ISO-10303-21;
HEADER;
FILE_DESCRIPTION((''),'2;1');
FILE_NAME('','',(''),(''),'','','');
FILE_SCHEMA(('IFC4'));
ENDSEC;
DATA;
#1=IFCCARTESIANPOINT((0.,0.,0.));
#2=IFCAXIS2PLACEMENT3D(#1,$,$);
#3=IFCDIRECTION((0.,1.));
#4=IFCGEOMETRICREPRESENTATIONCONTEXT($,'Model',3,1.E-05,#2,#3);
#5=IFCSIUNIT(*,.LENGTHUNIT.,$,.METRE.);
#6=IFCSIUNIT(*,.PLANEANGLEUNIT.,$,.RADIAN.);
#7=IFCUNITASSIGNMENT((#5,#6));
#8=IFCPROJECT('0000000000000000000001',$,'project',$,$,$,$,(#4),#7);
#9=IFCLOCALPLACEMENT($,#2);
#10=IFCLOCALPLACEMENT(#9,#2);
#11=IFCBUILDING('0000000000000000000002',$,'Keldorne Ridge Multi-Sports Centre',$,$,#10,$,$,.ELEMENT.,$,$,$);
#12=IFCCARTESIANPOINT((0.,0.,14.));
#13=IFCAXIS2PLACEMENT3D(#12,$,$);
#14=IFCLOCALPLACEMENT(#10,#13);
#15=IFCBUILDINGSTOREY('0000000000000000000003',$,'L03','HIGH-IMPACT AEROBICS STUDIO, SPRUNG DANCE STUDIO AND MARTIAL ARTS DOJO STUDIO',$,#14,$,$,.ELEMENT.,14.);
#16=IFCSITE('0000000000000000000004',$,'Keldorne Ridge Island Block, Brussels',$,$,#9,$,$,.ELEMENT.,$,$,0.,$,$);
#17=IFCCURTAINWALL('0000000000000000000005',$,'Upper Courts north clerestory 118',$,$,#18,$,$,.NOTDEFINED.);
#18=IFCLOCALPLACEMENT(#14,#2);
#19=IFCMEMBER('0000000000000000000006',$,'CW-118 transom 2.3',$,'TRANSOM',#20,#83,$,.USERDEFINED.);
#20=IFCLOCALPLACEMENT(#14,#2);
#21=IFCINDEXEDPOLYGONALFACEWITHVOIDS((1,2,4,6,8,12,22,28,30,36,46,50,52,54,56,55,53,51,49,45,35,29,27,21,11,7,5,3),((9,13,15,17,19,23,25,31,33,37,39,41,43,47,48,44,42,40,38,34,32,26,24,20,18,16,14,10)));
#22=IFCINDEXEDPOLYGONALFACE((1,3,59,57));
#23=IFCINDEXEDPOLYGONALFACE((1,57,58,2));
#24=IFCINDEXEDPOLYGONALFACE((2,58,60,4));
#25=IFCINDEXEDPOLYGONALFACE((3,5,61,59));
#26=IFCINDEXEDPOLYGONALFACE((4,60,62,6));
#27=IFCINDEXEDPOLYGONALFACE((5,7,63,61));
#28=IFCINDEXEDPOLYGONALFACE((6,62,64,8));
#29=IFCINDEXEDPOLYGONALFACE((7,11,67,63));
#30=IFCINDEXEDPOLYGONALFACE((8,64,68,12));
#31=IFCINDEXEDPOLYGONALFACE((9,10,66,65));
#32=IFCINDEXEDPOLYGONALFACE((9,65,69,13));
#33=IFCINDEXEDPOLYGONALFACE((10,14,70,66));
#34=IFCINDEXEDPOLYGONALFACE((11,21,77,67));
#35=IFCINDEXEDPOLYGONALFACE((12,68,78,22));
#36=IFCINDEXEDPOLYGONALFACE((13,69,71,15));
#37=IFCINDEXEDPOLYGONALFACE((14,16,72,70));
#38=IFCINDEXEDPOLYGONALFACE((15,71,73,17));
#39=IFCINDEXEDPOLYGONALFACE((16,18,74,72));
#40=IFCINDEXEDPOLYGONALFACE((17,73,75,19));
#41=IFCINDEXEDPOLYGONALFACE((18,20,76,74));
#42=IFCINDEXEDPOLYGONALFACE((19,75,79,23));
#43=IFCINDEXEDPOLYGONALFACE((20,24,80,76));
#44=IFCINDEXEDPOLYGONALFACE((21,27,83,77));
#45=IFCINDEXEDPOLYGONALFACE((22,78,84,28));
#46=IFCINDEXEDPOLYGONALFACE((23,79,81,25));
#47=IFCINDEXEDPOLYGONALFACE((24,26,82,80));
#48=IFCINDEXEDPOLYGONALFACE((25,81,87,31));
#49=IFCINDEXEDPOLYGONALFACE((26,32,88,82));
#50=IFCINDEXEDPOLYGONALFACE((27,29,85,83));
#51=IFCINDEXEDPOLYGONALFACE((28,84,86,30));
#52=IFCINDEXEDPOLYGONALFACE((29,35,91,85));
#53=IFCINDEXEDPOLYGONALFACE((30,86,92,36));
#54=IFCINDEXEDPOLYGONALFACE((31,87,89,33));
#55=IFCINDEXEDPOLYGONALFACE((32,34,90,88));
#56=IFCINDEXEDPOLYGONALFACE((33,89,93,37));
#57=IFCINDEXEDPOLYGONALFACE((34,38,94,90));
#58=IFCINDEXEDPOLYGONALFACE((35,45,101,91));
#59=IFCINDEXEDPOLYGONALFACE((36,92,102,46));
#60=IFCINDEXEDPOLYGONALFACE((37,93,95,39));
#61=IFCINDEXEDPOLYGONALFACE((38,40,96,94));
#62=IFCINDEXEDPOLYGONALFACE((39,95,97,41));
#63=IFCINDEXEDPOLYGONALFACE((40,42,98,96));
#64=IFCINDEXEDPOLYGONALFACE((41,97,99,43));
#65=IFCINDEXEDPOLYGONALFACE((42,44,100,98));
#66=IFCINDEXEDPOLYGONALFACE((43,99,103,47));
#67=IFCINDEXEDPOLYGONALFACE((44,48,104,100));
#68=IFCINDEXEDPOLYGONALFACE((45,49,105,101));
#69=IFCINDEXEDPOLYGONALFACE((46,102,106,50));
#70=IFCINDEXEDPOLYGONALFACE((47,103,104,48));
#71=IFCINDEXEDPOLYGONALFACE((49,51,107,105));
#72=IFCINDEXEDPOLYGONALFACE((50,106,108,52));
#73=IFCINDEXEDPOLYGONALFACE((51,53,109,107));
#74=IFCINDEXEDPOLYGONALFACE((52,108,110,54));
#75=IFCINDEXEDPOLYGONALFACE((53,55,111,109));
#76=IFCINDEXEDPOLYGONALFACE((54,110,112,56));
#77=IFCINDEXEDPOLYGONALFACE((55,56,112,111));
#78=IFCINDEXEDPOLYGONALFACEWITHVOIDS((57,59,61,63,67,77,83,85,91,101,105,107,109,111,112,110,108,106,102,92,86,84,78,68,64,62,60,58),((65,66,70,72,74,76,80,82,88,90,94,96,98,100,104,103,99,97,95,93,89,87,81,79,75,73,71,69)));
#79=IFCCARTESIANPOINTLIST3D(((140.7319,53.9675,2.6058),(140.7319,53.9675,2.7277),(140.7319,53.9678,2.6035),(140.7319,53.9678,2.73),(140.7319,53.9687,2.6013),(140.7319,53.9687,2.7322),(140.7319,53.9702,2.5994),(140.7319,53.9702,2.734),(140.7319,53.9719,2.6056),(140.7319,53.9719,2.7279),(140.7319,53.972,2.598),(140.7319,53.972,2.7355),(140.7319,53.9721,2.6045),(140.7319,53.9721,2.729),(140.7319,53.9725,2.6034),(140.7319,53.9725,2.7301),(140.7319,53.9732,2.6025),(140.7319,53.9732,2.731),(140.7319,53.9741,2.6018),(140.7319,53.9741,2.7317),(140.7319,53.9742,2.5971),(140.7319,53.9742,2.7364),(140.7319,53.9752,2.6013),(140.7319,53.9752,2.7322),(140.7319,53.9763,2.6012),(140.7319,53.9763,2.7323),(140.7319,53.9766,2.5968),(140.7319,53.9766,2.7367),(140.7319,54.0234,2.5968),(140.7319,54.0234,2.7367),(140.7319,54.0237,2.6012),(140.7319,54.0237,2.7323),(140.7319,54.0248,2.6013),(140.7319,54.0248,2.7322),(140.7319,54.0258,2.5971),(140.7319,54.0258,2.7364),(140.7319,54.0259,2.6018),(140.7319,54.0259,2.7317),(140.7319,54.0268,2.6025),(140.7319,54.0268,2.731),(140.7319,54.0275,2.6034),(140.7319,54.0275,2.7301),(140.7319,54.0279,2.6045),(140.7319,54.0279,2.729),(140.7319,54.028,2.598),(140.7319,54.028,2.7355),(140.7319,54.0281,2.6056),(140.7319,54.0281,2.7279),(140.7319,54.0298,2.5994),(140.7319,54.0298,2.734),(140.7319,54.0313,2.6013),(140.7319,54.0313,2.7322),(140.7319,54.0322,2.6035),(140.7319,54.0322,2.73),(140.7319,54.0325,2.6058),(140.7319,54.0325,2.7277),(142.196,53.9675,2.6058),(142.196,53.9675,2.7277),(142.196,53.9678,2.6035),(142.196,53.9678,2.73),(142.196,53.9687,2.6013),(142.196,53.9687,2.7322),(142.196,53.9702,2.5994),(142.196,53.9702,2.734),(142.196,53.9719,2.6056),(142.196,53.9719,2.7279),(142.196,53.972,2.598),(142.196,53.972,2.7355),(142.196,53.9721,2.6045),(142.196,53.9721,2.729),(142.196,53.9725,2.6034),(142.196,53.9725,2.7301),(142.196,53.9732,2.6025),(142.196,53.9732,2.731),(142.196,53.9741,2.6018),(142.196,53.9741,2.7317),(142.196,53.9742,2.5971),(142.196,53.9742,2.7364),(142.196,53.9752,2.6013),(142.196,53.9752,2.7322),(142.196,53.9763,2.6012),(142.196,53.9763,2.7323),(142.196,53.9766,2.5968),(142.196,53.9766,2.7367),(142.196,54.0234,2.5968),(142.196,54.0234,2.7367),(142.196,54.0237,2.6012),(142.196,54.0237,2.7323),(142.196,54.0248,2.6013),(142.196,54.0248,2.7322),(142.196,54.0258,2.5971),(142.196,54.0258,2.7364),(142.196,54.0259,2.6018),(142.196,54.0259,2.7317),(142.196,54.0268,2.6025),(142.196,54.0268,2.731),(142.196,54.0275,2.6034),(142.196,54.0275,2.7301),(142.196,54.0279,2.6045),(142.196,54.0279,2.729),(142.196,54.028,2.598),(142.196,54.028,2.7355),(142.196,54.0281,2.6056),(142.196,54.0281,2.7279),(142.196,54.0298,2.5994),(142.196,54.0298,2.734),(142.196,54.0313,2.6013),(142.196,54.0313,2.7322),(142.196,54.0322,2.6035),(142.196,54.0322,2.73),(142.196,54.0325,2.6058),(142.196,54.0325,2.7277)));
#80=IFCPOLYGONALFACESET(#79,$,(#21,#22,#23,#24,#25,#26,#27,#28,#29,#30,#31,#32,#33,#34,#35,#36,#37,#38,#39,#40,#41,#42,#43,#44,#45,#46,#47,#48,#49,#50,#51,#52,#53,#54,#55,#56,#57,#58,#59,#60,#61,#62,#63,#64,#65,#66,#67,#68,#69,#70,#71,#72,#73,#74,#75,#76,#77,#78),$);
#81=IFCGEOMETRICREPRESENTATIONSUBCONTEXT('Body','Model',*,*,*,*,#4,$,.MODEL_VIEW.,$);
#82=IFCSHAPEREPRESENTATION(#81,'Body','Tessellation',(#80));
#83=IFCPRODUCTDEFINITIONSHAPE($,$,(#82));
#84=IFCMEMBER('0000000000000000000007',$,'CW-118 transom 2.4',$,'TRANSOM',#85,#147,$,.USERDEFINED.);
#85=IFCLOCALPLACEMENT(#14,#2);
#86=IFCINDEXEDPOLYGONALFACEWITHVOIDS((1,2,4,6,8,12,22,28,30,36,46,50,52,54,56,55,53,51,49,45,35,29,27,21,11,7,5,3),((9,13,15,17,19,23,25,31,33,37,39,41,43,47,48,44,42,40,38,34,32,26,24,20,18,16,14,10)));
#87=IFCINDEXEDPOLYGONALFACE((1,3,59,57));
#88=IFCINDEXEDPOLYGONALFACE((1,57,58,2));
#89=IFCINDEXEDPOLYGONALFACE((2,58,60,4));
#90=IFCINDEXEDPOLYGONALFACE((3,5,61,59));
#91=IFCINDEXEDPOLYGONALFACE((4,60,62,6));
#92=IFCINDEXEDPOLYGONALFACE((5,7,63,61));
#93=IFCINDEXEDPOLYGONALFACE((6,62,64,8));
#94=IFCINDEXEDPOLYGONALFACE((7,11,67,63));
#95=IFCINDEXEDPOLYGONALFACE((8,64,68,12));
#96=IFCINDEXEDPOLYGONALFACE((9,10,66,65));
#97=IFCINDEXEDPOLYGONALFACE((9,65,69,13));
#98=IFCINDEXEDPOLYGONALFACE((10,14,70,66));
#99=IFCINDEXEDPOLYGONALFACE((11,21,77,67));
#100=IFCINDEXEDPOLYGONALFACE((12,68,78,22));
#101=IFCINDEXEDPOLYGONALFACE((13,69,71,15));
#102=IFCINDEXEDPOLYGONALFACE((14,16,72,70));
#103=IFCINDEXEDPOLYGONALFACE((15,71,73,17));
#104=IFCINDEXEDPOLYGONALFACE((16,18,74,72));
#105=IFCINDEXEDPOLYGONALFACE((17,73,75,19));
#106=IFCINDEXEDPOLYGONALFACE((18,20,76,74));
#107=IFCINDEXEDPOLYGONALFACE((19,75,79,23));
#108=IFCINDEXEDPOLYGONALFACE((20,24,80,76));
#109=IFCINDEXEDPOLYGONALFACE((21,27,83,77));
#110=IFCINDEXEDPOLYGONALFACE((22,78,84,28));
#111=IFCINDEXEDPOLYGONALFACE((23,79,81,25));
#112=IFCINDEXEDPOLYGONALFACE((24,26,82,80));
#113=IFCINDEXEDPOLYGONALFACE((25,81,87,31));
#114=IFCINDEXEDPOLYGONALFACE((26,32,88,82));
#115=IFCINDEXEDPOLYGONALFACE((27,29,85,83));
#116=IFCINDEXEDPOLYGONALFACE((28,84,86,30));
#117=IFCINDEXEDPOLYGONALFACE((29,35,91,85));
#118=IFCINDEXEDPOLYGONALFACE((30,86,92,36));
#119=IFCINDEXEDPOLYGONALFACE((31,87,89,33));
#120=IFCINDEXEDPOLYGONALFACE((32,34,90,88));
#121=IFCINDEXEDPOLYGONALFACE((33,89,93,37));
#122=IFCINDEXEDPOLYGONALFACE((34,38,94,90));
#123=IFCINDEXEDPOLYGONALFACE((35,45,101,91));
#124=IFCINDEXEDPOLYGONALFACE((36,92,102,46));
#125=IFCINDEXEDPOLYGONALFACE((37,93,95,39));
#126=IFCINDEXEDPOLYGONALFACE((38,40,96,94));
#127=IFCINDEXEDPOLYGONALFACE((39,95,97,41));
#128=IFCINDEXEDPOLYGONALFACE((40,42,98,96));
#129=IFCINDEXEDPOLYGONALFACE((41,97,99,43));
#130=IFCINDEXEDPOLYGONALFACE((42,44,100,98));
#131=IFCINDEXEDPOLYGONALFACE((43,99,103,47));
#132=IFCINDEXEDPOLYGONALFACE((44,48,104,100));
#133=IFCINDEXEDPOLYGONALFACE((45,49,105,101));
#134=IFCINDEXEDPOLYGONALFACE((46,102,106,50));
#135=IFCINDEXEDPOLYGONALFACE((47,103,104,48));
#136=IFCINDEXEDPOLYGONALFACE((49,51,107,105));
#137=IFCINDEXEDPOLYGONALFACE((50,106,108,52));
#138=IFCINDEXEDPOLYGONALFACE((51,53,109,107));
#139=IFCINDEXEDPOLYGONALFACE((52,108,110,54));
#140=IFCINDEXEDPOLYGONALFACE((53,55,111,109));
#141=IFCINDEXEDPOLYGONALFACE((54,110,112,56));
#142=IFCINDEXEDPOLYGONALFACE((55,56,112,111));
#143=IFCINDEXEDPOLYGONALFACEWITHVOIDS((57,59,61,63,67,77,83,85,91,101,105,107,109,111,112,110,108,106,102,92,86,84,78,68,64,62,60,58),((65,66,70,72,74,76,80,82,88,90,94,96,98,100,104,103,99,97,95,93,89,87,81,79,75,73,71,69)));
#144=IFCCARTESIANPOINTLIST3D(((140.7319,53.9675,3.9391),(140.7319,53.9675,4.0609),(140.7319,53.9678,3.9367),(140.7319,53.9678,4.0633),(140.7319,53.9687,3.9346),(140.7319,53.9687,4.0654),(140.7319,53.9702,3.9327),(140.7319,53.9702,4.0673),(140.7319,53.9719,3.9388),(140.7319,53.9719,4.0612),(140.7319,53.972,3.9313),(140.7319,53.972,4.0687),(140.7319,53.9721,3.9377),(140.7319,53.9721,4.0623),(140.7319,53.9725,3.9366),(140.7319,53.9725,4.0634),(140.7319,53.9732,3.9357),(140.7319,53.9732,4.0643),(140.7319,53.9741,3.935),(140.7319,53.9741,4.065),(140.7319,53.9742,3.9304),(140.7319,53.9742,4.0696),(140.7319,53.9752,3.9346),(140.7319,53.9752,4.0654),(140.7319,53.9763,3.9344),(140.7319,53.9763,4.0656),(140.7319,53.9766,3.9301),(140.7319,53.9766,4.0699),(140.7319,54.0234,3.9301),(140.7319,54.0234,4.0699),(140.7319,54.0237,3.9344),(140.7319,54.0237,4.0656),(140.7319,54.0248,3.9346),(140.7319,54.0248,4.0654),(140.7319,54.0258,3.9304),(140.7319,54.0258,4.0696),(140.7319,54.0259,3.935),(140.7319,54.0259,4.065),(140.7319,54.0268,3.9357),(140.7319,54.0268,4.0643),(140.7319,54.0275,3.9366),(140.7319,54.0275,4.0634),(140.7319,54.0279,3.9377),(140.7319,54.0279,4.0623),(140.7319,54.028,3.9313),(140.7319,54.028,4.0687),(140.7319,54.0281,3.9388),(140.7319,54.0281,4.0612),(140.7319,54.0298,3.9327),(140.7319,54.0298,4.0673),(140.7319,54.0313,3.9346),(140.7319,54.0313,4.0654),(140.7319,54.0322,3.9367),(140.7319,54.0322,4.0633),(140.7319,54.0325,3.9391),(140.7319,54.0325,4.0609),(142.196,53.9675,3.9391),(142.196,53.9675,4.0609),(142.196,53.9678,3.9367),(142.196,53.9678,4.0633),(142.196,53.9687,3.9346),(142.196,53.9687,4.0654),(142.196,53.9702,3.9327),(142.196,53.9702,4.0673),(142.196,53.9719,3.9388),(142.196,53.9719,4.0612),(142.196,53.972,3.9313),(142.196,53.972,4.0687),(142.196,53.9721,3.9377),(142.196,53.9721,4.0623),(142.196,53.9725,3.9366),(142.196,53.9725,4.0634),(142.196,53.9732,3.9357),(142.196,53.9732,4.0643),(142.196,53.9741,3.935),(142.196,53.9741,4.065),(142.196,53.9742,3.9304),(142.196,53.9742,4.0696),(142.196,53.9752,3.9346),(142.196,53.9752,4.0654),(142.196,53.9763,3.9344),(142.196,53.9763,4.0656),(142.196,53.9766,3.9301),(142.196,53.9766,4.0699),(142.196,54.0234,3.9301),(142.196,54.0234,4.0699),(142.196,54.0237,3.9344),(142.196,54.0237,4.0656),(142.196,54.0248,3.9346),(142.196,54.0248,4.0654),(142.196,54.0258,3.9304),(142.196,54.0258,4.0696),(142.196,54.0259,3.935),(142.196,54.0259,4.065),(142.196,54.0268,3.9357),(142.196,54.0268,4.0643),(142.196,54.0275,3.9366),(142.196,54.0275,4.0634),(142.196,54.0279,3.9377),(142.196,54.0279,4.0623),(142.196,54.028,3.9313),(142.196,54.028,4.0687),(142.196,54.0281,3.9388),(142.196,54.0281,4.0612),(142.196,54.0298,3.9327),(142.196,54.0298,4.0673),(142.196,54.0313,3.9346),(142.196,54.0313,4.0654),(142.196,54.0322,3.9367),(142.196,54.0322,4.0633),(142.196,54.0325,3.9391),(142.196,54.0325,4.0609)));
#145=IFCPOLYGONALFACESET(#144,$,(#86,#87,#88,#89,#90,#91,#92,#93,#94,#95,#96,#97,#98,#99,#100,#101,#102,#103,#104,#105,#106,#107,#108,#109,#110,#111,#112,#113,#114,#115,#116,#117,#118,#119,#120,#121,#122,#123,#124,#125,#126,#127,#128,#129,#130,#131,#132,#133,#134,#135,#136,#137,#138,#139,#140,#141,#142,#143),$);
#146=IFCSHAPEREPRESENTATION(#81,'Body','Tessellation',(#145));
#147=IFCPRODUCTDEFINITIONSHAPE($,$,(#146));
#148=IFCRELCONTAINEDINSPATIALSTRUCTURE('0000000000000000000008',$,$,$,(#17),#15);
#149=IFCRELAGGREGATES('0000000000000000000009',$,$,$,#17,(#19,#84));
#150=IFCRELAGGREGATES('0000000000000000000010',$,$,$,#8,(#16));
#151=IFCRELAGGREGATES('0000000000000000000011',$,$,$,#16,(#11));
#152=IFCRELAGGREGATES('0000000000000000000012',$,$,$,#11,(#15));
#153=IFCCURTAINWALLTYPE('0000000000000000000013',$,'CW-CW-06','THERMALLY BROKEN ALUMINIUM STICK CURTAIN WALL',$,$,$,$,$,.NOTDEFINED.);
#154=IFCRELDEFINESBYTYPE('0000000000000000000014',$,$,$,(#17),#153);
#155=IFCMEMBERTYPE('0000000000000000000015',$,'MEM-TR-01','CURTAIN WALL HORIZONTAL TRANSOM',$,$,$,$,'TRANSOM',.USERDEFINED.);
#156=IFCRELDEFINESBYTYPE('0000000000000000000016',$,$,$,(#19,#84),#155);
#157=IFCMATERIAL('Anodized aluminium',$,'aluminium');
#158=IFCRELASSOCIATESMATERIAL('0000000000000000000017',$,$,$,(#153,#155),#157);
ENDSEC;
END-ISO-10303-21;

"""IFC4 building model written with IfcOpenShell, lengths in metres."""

from ifc_helpers import new_model, si_unit, direction, frame, origin, origin_2d, place, context, subcontext, project, spatial, hollow_rectangle, extrude, material, material_profile, profile_set, type_object, element, aggregate, save


model = new_model("IFC4")

# Units and contexts
model_context = context("Model", 3, precision=1e-05, world=origin(), true_north=direction((0.0, 1.0)))
body_context = subcontext(model_context, "Body", "Model", "MODEL_VIEW")
ifc_project = project(units=[si_unit("LENGTHUNIT", "METRE"), si_unit("PLANEANGLEUNIT", "RADIAN")], contexts=[model_context])

# Site, building, storey
site_placement = place(None, origin())
site = spatial("IfcSite", under=ifc_project, at=site_placement, Name="Keldorne Ridge Island Block, Brussels", CompositionType="ELEMENT", RefElevation=0.0)
building_placement = place(site_placement, origin())
building = spatial("IfcBuilding", under=site, at=building_placement, Name="Keldorne Ridge Multi-Sports Centre", CompositionType="ELEMENT")
storey_placement = place(building_placement, frame((0.0, 0.0, 14.0)))
storey = spatial("IfcBuildingStorey", under=building, at=storey_placement, Name="L03", Description="HIGH-IMPACT AEROBICS STUDIO, SPRUNG DANCE STUDIO AND MARTIAL ARTS DOJO STUDIO", CompositionType="ELEMENT", Elevation=14.0)

# Curtain wall
ifc_material_1 = material(Name="Anodized aluminium", Category="aluminium")
curtain_wall_type_1 = type_object("IfcCurtainWallType", Name="CW-CW-06", Description="THERMALLY BROKEN ALUMINIUM STICK CURTAIN WALL", PredefinedType="NOTDEFINED", material=ifc_material_1)
curtain_wall_1_placement = place(storey_placement, origin())
curtain_wall_1 = element("IfcCurtainWall", 1, at=curtain_wall_1_placement, inside=storey, type_object=curtain_wall_type_1, Name="Upper Courts north clerestory 118", PredefinedType="NOTDEFINED")

# Members
ifc_material_profile_1 = material_profile(ifc_material_1, hollow_rectangle(XDim=0.0649, YDim=0.1399, WallThickness=0.0044, InnerFilletRadius=0.0044, OuterFilletRadius=0.009, at=origin_2d()), Name="ALU TRANSOM 140x65x4.5")
ifc_profile_set_1 = profile_set([ifc_material_profile_1], Name="Anodized aluminium")
member_type_1 = type_object("IfcMemberType", Name="MEM-TR-01", Description="CURTAIN WALL HORIZONTAL TRANSOM", ElementType="TRANSOM", PredefinedType="USERDEFINED", material=ifc_profile_set_1)
member_1_placement = place(storey_placement, frame((142.196, 54.0, 2.6667), z_axis=(-1.0, 0.0, 0.0), x_axis=(0.0, -1.0, 0.0)))
member_1 = element("IfcMember", 2, at=member_1_placement, type_object=member_type_1, Name="CW-118 transom 2.3", ObjectType="TRANSOM", PredefinedType="USERDEFINED", context=body_context, shape_type="SweptSolid", body=[
    extrude(hollow_rectangle(XDim=0.0649, YDim=0.1399, WallThickness=0.0044, InnerFilletRadius=0.0044, OuterFilletRadius=0.009, at=origin_2d()), origin(), (0.0, 0.0, 1.0), 1.4641),
])
member_2_placement = place(storey_placement, frame((142.196, 54.0, 4.0), z_axis=(-1.0, 0.0, 0.0), x_axis=(0.0, -1.0, 0.0)))
member_2 = element("IfcMember", 3, at=member_2_placement, type_object=member_type_1, Name="CW-118 transom 2.4", ObjectType="TRANSOM", PredefinedType="USERDEFINED", context=body_context, shape_type="SweptSolid", body=[
    extrude(hollow_rectangle(XDim=0.0649, YDim=0.1399, WallThickness=0.0044, InnerFilletRadius=0.0044, OuterFilletRadius=0.009, at=origin_2d()), origin(), (0.0, 0.0, 1.0), 1.4641),
])

aggregate(curtain_wall_1, [member_1, member_2])

save(model, "model.ifc")
